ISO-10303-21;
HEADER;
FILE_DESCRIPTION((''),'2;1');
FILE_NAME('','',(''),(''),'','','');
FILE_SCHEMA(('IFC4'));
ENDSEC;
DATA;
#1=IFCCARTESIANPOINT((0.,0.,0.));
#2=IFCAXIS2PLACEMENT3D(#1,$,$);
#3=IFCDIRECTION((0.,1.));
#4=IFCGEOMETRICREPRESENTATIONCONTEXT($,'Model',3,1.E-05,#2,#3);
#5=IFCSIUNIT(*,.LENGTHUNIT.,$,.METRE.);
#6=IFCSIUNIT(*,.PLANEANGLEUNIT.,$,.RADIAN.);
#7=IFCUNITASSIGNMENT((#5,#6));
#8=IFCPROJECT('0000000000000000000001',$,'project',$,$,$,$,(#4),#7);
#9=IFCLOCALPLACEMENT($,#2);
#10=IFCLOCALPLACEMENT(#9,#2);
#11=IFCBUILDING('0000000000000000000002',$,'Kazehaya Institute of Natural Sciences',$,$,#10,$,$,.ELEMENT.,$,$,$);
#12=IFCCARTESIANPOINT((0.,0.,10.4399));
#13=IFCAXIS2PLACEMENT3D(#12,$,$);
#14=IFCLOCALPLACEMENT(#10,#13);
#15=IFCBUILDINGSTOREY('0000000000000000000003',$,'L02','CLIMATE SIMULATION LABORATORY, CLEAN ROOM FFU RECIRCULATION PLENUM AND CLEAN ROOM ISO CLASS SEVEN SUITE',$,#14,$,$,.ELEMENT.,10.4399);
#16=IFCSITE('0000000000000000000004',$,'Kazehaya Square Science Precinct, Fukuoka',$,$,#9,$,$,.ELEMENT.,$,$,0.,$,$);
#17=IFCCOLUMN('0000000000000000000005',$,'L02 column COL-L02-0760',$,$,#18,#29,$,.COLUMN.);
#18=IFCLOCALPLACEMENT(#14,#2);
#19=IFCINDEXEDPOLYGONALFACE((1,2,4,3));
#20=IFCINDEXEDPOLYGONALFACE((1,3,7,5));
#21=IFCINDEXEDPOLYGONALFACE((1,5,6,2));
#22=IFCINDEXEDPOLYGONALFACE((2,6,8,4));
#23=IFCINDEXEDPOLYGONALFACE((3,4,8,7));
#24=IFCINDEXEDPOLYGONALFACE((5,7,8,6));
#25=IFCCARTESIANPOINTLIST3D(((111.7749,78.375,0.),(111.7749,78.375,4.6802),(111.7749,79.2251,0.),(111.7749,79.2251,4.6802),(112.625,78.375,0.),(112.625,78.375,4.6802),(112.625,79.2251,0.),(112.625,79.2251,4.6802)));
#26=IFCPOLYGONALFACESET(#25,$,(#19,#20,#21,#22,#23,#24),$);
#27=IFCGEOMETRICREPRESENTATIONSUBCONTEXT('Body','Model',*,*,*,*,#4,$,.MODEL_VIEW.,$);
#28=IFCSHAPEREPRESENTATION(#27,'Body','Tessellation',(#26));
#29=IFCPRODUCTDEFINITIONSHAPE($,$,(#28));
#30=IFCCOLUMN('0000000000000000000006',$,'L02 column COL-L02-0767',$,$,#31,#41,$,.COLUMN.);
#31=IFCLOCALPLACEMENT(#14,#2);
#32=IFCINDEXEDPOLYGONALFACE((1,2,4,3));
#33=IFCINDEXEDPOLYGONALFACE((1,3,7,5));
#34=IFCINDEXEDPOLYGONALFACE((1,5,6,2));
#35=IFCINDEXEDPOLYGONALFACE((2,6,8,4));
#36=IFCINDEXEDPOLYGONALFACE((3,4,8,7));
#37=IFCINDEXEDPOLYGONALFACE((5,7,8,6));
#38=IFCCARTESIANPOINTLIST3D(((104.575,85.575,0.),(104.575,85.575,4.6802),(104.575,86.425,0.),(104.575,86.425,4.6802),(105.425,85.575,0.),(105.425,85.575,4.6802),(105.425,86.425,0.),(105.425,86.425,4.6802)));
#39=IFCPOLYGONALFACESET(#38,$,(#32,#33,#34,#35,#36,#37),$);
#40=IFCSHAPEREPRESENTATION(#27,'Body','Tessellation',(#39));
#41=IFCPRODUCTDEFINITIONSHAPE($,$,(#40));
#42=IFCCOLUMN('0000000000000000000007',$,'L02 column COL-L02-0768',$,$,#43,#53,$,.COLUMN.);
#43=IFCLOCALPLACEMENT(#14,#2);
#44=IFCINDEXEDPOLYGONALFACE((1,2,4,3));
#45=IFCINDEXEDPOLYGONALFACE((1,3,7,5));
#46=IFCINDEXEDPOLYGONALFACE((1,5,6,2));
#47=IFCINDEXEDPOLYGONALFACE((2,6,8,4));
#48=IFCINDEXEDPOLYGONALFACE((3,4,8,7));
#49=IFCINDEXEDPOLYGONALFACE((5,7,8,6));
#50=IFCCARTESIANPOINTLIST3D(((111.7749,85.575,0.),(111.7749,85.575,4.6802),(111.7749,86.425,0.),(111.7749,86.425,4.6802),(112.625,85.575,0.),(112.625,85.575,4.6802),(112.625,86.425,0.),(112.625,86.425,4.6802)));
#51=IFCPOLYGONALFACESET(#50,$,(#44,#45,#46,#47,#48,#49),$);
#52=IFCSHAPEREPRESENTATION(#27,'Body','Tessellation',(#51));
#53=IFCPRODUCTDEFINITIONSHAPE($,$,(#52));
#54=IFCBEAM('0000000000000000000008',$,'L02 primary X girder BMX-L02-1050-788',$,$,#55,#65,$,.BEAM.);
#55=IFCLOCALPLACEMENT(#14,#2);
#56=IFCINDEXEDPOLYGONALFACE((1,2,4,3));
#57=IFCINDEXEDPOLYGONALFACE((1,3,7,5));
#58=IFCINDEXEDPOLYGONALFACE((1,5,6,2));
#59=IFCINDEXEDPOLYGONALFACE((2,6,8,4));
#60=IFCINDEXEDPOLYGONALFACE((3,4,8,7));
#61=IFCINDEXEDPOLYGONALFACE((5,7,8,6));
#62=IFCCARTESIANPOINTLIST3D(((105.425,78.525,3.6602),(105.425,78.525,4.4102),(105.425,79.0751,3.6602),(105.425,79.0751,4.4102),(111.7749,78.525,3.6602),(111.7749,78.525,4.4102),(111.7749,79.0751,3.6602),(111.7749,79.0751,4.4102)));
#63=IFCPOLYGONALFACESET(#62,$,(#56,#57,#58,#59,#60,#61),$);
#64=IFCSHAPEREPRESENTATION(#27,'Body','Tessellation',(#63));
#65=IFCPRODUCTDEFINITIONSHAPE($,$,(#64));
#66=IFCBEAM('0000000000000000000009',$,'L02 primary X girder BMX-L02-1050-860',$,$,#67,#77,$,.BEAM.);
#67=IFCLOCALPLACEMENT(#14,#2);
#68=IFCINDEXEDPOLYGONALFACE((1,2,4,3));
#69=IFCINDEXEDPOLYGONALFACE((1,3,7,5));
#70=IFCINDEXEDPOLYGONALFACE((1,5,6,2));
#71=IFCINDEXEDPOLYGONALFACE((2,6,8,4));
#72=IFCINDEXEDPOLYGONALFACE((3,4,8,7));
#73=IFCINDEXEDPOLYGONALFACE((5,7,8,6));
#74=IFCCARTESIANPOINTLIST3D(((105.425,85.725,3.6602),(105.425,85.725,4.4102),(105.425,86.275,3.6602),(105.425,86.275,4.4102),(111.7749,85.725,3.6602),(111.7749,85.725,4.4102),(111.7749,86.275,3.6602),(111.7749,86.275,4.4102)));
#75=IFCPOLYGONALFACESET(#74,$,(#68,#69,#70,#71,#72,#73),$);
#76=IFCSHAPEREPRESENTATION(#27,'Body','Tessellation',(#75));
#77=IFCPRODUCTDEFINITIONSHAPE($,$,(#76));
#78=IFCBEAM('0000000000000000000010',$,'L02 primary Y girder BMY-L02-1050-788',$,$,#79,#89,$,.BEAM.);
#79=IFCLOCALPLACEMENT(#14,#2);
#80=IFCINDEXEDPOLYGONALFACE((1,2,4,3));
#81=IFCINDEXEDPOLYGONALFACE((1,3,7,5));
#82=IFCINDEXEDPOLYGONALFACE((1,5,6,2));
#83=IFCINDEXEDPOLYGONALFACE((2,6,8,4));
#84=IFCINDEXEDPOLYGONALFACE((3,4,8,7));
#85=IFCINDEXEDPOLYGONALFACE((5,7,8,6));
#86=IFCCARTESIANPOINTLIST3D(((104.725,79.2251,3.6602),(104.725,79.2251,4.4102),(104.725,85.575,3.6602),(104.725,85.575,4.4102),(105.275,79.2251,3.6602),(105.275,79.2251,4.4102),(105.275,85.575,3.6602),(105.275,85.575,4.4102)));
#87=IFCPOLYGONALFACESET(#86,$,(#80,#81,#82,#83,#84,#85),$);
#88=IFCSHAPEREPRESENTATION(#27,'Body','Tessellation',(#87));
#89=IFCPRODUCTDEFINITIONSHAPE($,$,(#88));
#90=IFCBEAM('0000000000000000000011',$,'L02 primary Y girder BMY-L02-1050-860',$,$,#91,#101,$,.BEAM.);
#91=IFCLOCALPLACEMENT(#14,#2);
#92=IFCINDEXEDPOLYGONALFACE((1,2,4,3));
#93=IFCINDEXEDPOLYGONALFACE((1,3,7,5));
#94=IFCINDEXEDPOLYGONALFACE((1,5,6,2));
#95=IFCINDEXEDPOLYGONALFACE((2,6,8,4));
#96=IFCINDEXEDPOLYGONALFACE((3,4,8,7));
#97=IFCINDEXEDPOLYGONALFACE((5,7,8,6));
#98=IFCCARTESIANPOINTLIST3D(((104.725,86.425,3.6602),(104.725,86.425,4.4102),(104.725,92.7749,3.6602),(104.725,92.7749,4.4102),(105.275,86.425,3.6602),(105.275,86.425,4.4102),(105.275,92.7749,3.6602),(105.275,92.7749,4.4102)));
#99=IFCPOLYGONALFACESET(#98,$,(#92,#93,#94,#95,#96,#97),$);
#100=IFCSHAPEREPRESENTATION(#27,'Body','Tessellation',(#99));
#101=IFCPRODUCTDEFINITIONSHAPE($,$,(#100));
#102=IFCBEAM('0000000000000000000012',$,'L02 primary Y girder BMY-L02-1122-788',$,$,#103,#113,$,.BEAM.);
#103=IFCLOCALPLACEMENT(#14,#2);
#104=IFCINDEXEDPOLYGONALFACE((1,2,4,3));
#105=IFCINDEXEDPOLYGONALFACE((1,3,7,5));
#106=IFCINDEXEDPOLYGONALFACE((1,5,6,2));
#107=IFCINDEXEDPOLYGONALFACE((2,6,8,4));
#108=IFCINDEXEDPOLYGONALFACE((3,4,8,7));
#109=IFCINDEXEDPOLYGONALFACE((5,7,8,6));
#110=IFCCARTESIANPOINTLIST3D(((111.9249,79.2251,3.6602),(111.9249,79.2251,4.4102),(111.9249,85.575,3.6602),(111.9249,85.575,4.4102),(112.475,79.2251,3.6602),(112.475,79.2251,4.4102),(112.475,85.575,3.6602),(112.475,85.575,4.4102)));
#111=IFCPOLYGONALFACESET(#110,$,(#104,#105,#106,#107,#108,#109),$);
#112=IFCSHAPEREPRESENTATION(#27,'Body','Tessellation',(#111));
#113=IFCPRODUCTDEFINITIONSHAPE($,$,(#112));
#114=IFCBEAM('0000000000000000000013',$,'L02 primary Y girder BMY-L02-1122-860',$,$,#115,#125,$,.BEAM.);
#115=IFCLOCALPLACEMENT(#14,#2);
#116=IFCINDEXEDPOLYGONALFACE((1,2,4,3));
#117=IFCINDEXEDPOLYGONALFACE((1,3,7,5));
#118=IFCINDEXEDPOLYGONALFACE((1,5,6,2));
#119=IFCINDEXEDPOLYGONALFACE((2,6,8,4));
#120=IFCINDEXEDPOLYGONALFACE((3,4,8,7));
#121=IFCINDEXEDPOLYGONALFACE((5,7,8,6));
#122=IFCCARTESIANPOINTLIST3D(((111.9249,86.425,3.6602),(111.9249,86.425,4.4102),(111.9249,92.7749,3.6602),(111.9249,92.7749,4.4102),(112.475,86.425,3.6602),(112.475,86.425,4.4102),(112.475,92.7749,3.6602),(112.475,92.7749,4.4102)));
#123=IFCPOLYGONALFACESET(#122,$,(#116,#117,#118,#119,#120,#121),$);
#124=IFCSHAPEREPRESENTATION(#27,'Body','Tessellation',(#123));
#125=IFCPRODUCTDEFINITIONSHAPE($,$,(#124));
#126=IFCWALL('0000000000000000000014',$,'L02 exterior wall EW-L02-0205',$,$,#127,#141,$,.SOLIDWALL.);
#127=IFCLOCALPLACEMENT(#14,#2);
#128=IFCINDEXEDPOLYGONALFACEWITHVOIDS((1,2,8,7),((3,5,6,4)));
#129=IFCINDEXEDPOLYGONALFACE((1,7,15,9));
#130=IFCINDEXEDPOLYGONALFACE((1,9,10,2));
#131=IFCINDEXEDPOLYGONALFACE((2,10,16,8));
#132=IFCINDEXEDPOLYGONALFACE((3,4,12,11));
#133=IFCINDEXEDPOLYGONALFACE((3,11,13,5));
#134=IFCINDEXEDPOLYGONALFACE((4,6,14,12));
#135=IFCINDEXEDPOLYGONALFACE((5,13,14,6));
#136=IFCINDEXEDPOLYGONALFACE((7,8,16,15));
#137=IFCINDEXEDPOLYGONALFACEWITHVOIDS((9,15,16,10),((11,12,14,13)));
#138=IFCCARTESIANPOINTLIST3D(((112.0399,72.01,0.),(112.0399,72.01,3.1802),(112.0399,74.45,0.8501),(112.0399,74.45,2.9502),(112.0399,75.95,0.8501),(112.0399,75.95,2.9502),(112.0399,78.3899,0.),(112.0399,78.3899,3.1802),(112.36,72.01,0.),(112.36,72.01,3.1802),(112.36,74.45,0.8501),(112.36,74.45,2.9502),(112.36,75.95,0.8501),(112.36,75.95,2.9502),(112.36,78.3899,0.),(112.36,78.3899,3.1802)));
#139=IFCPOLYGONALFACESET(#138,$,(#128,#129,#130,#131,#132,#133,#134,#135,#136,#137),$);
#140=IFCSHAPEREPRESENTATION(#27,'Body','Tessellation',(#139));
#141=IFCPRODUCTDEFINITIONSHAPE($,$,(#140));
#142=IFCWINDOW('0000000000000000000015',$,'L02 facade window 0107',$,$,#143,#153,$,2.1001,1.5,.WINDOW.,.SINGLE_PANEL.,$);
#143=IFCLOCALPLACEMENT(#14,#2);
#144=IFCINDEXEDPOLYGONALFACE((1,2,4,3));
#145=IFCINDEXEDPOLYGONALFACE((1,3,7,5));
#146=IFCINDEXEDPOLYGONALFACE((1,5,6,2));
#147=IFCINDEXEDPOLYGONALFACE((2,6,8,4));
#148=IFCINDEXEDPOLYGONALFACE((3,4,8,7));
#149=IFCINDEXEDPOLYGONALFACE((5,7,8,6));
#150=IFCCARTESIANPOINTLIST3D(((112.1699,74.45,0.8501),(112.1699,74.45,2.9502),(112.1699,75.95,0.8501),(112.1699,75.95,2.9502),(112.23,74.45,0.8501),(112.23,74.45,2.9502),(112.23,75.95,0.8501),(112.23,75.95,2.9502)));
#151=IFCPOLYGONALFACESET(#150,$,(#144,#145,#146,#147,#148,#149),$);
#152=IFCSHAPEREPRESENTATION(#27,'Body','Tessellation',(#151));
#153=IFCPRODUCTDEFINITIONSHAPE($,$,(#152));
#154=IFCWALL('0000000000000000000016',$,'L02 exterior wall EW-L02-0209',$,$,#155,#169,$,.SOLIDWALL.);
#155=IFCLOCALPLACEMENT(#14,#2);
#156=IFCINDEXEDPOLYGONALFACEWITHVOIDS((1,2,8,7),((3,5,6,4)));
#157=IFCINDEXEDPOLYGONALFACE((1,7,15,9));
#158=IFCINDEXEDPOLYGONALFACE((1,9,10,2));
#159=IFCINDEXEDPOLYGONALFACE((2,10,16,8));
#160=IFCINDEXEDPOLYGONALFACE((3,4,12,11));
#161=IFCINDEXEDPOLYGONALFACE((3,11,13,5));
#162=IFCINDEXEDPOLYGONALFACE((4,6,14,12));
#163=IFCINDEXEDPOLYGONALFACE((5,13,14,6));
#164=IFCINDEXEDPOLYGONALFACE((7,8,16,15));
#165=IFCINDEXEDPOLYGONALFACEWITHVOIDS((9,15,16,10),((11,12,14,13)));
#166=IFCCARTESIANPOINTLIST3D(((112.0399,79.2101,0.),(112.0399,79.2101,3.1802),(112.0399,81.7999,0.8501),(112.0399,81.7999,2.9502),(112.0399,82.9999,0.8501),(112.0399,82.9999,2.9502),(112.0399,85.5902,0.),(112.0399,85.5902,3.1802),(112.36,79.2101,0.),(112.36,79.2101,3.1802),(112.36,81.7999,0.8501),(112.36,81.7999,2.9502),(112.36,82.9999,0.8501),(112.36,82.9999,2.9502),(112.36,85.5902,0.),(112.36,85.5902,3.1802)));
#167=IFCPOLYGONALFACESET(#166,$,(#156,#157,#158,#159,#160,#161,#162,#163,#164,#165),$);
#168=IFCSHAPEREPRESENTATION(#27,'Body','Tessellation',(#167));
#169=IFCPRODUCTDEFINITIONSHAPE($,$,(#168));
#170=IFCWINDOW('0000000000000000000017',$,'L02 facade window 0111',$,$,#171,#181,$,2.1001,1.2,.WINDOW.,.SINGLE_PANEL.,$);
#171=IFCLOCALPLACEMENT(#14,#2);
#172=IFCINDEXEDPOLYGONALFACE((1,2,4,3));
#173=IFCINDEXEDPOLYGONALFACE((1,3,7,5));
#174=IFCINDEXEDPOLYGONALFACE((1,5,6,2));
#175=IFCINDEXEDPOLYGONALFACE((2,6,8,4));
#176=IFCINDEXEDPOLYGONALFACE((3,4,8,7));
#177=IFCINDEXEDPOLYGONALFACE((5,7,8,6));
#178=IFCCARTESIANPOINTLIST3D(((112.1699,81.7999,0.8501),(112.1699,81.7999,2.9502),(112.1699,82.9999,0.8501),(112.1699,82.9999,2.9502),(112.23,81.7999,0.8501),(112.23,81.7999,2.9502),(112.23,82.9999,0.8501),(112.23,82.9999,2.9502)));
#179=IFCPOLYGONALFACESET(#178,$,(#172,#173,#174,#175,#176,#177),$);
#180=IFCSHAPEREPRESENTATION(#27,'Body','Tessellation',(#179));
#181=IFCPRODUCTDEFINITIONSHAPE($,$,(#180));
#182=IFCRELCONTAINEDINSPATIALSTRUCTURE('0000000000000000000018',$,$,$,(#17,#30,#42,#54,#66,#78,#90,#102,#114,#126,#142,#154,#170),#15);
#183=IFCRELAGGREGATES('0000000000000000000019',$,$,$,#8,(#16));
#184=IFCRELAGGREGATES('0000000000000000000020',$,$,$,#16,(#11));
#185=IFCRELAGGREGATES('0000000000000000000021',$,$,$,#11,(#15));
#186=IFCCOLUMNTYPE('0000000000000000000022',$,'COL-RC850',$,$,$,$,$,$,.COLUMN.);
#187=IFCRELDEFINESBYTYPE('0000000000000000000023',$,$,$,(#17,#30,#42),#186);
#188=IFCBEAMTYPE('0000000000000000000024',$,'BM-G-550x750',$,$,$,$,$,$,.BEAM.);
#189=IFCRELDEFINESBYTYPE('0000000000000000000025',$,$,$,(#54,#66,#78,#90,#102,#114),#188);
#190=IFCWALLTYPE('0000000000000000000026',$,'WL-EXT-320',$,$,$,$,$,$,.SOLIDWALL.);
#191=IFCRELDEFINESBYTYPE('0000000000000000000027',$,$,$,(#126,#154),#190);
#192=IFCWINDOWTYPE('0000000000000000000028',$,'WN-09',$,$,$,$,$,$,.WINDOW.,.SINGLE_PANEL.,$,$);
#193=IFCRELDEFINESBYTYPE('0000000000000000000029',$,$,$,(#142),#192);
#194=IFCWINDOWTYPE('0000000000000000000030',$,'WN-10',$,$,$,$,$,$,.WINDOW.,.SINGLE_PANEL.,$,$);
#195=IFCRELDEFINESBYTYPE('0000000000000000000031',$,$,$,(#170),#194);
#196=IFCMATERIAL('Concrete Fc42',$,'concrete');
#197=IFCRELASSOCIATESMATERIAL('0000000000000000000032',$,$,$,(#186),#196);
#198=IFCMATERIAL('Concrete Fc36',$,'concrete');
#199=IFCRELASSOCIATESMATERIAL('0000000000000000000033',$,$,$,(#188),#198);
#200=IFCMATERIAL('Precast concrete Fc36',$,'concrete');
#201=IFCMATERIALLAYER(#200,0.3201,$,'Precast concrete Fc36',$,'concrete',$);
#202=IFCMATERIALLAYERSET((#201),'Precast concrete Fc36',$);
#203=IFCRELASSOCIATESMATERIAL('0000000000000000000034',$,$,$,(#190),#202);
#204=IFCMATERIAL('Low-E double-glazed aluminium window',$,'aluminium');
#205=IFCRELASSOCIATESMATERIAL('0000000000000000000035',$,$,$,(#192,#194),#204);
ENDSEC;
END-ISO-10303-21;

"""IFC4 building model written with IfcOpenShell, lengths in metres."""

from ifc_helpers import new_model, si_unit, direction, frame, frame_2d, origin, origin_2d, place, context, subcontext, project, spatial, rectangle, extrude, material, layer, layer_set, material_profile, profile_set, type_object, element, fill, save


model = new_model("IFC4")

# Units and contexts
model_context = context("Model", 3, precision=1e-05, world=origin(), true_north=direction((0.0, 1.0)))
body_context = subcontext(model_context, "Body", "Model", "MODEL_VIEW")
ifc_project = project(units=[si_unit("LENGTHUNIT", "METRE"), si_unit("PLANEANGLEUNIT", "RADIAN")], contexts=[model_context])

# Site, building, storey
site_placement = place(None, origin())
site = spatial("IfcSite", under=ifc_project, at=site_placement, Name="Kazehaya Square Science Precinct, Fukuoka", CompositionType="ELEMENT", RefElevation=0.0)
building_placement = place(site_placement, origin())
building = spatial("IfcBuilding", under=site, at=building_placement, Name="Kazehaya Institute of Natural Sciences", CompositionType="ELEMENT")
storey_placement = place(building_placement, frame((0.0, 0.0, 10.4399)))
storey = spatial("IfcBuildingStorey", under=building, at=storey_placement, Name="L02", Description="CLIMATE SIMULATION LABORATORY, CLEAN ROOM FFU RECIRCULATION PLENUM AND CLEAN ROOM ISO CLASS SEVEN SUITE", CompositionType="ELEMENT", Elevation=10.4399)

# Columns
ifc_material_1 = material(Name="Concrete Fc42", Category="concrete")
ifc_material_profile_1 = material_profile(ifc_material_1, rectangle(XDim=0.8501, YDim=0.8501, at=origin_2d()), Name="RC-850x850")
ifc_profile_set_1 = profile_set([ifc_material_profile_1], Name="Concrete Fc42")
column_type = type_object("IfcColumnType", Name="COL-RC850", PredefinedType="COLUMN", material=ifc_profile_set_1)
for number, where, z_axis, x_axis, name in (
    (1, (112.2, 78.8, 0.0), (0.0, 0.0, 1.0), (1.0, 0.0, 0.0), "L02 column COL-L02-0760"),
    (2, (105.0, 86.0, 0.0), (0.0, 0.0, 1.0), (1.0, 0.0, 0.0), "L02 column COL-L02-0767"),
    (3, (112.2, 86.0, 0.0), (0.0, 0.0, 1.0), (1.0, 0.0, 0.0), "L02 column COL-L02-0768"),
):
    element("IfcColumn", number, at=place(storey_placement, frame(where, z_axis=z_axis, x_axis=x_axis)), inside=storey, type_object=column_type, Name=name, PredefinedType="COLUMN", context=body_context, shape_type="SweptSolid", body=[
        extrude(rectangle(XDim=0.8501, YDim=0.8501, at=origin_2d()), origin(), (0.0, 0.0, 1.0), 4.6802),
    ])

# Beams
ifc_material_2 = material(Name="Concrete Fc36", Category="concrete")
ifc_material_profile_2 = material_profile(ifc_material_2, rectangle(XDim=0.55, YDim=0.75, at=origin_2d()), Name="RC-550x750")
ifc_profile_set_2 = profile_set([ifc_material_profile_2], Name="Concrete Fc36")
beam_type = type_object("IfcBeamType", Name="BM-G-550x750", PredefinedType="BEAM", material=ifc_profile_set_2)
for number, where, z_axis, x_axis, name in (
    (4, (105.425, 78.8, 4.0352), (1.0, 0.0, 0.0), (0.0, 1.0, 0.0), "L02 primary X girder BMX-L02-1050-788"),
    (5, (105.425, 86.0, 4.0352), (1.0, 0.0, 0.0), (0.0, 1.0, 0.0), "L02 primary X girder BMX-L02-1050-860"),
    (6, (105.0, 79.2251, 4.0352), (0.0, 1.0, 0.0), (-1.0, 0.0, 0.0), "L02 primary Y girder BMY-L02-1050-788"),
    (7, (105.0, 86.425, 4.0352), (0.0, 1.0, 0.0), (-1.0, 0.0, 0.0), "L02 primary Y girder BMY-L02-1050-860"),
    (8, (112.2, 79.2251, 4.0352), (0.0, 1.0, 0.0), (-1.0, 0.0, 0.0), "L02 primary Y girder BMY-L02-1122-788"),
    (9, (112.2, 86.425, 4.0352), (0.0, 1.0, 0.0), (-1.0, 0.0, 0.0), "L02 primary Y girder BMY-L02-1122-860"),
):
    element("IfcBeam", number, at=place(storey_placement, frame(where, z_axis=z_axis, x_axis=x_axis)), inside=storey, type_object=beam_type, Name=name, PredefinedType="BEAM", context=body_context, shape_type="SweptSolid", body=[
        extrude(rectangle(XDim=0.55, YDim=0.75, at=origin_2d()), origin(), (0.0, 0.0, 1.0), 6.3499),
    ])

# Walls, openings, windows
ifc_material_3 = material(Name="Precast concrete Fc36", Category="concrete")
ifc_layer_1 = layer(ifc_material_3, 0.3201, Name="Precast concrete Fc36", Category="concrete")
ifc_layer_set_1 = layer_set([ifc_layer_1], Name="Precast concrete Fc36")
wall_type_1 = type_object("IfcWallType", Name="WL-EXT-320", PredefinedType="SOLIDWALL", material=ifc_layer_set_1)
wall_1_placement = place(storey_placement, frame((112.2, 78.3899, 0.0), z_axis=(0.0, 0.0, 1.0), x_axis=(0.0, -1.0, 0.0)))
wall_1 = element("IfcWall", 10, at=wall_1_placement, inside=storey, type_object=wall_type_1, Name="L02 exterior wall EW-L02-0205", PredefinedType="SOLIDWALL", context=body_context, shape_type="SweptSolid", body=[
    extrude(rectangle(XDim=6.3799, YDim=0.3201, at=frame_2d((3.1899, 0.0))), origin(), (0.0, 0.0, 1.0), 3.1802),
])
opening_1_placement = place(wall_1_placement, frame((2.4399, 0.0, 0.8501)))
opening_1 = element("IfcOpeningElement", 11, at=opening_1_placement, cuts=wall_1, PredefinedType="OPENING", context=body_context, shape_type="SweptSolid", body=[
    extrude(rectangle(XDim=1.5, YDim=2.1001, at=frame_2d((0.75, 1.05))), frame((0.0, 0.1699, 0.0), z_axis=(0.0, -1.0, 0.0), x_axis=(1.0, 0.0, 0.0)), (0.0, 0.0, 1.0), 0.3401),
])
ifc_material_4 = material(Name="Low-E double-glazed aluminium window", Category="aluminium")
window_type_1 = type_object("IfcWindowType", Name="WN-09", PartitioningType="SINGLE_PANEL", PredefinedType="WINDOW", material=ifc_material_4)
window_1_placement = place(opening_1_placement, origin())
window_1 = element("IfcWindow", 12, at=window_1_placement, inside=storey, type_object=window_type_1, Name="L02 facade window 0107", OverallHeight=2.1001, OverallWidth=1.5, PartitioningType="SINGLE_PANEL", PredefinedType="WINDOW", context=body_context, shape_type="SweptSolid", body=[
    extrude(rectangle(XDim=1.5, YDim=2.1001, at=frame_2d((0.75, 1.05))), frame((0.0, 0.03, 0.0), z_axis=(0.0, -1.0, 0.0), x_axis=(1.0, 0.0, 0.0)), (0.0, 0.0, 1.0), 0.0601),
])
fill(opening_1, window_1)
wall_2_placement = place(storey_placement, frame((112.2, 85.5901, 0.0), z_axis=(0.0, 0.0, 1.0), x_axis=(0.0, -1.0, 0.0)))
wall_2 = element("IfcWall", 13, at=wall_2_placement, inside=storey, type_object=wall_type_1, Name="L02 exterior wall EW-L02-0209", PredefinedType="SOLIDWALL", context=body_context, shape_type="SweptSolid", body=[
    extrude(rectangle(XDim=6.3801, YDim=0.3201, at=frame_2d((3.1899, 0.0))), origin(), (0.0, 0.0, 1.0), 3.1802),
])
opening_2_placement = place(wall_2_placement, frame((2.5901, 0.0, 0.8501)))
opening_2 = element("IfcOpeningElement", 14, at=opening_2_placement, cuts=wall_2, PredefinedType="OPENING", context=body_context, shape_type="SweptSolid", body=[
    extrude(rectangle(XDim=1.2, YDim=2.1001, at=frame_2d((0.6001, 1.05))), frame((0.0, 0.1699, 0.0), z_axis=(0.0, -1.0, 0.0), x_axis=(1.0, 0.0, 0.0)), (0.0, 0.0, 1.0), 0.3401),
])
window_type_2 = type_object("IfcWindowType", Name="WN-10", PartitioningType="SINGLE_PANEL", PredefinedType="WINDOW", material=ifc_material_4)
window_2_placement = place(opening_2_placement, origin())
window_2 = element("IfcWindow", 15, at=window_2_placement, inside=storey, type_object=window_type_2, Name="L02 facade window 0111", OverallHeight=2.1001, OverallWidth=1.2, PartitioningType="SINGLE_PANEL", PredefinedType="WINDOW", context=body_context, shape_type="SweptSolid", body=[
    extrude(rectangle(XDim=1.2, YDim=2.1001, at=frame_2d((0.6001, 1.05))), frame((0.0, 0.03, 0.0), z_axis=(0.0, -1.0, 0.0), x_axis=(1.0, 0.0, 0.0)), (0.0, 0.0, 1.0), 0.0601),
])
fill(opening_2, window_2)

save(model, "model.ifc")
